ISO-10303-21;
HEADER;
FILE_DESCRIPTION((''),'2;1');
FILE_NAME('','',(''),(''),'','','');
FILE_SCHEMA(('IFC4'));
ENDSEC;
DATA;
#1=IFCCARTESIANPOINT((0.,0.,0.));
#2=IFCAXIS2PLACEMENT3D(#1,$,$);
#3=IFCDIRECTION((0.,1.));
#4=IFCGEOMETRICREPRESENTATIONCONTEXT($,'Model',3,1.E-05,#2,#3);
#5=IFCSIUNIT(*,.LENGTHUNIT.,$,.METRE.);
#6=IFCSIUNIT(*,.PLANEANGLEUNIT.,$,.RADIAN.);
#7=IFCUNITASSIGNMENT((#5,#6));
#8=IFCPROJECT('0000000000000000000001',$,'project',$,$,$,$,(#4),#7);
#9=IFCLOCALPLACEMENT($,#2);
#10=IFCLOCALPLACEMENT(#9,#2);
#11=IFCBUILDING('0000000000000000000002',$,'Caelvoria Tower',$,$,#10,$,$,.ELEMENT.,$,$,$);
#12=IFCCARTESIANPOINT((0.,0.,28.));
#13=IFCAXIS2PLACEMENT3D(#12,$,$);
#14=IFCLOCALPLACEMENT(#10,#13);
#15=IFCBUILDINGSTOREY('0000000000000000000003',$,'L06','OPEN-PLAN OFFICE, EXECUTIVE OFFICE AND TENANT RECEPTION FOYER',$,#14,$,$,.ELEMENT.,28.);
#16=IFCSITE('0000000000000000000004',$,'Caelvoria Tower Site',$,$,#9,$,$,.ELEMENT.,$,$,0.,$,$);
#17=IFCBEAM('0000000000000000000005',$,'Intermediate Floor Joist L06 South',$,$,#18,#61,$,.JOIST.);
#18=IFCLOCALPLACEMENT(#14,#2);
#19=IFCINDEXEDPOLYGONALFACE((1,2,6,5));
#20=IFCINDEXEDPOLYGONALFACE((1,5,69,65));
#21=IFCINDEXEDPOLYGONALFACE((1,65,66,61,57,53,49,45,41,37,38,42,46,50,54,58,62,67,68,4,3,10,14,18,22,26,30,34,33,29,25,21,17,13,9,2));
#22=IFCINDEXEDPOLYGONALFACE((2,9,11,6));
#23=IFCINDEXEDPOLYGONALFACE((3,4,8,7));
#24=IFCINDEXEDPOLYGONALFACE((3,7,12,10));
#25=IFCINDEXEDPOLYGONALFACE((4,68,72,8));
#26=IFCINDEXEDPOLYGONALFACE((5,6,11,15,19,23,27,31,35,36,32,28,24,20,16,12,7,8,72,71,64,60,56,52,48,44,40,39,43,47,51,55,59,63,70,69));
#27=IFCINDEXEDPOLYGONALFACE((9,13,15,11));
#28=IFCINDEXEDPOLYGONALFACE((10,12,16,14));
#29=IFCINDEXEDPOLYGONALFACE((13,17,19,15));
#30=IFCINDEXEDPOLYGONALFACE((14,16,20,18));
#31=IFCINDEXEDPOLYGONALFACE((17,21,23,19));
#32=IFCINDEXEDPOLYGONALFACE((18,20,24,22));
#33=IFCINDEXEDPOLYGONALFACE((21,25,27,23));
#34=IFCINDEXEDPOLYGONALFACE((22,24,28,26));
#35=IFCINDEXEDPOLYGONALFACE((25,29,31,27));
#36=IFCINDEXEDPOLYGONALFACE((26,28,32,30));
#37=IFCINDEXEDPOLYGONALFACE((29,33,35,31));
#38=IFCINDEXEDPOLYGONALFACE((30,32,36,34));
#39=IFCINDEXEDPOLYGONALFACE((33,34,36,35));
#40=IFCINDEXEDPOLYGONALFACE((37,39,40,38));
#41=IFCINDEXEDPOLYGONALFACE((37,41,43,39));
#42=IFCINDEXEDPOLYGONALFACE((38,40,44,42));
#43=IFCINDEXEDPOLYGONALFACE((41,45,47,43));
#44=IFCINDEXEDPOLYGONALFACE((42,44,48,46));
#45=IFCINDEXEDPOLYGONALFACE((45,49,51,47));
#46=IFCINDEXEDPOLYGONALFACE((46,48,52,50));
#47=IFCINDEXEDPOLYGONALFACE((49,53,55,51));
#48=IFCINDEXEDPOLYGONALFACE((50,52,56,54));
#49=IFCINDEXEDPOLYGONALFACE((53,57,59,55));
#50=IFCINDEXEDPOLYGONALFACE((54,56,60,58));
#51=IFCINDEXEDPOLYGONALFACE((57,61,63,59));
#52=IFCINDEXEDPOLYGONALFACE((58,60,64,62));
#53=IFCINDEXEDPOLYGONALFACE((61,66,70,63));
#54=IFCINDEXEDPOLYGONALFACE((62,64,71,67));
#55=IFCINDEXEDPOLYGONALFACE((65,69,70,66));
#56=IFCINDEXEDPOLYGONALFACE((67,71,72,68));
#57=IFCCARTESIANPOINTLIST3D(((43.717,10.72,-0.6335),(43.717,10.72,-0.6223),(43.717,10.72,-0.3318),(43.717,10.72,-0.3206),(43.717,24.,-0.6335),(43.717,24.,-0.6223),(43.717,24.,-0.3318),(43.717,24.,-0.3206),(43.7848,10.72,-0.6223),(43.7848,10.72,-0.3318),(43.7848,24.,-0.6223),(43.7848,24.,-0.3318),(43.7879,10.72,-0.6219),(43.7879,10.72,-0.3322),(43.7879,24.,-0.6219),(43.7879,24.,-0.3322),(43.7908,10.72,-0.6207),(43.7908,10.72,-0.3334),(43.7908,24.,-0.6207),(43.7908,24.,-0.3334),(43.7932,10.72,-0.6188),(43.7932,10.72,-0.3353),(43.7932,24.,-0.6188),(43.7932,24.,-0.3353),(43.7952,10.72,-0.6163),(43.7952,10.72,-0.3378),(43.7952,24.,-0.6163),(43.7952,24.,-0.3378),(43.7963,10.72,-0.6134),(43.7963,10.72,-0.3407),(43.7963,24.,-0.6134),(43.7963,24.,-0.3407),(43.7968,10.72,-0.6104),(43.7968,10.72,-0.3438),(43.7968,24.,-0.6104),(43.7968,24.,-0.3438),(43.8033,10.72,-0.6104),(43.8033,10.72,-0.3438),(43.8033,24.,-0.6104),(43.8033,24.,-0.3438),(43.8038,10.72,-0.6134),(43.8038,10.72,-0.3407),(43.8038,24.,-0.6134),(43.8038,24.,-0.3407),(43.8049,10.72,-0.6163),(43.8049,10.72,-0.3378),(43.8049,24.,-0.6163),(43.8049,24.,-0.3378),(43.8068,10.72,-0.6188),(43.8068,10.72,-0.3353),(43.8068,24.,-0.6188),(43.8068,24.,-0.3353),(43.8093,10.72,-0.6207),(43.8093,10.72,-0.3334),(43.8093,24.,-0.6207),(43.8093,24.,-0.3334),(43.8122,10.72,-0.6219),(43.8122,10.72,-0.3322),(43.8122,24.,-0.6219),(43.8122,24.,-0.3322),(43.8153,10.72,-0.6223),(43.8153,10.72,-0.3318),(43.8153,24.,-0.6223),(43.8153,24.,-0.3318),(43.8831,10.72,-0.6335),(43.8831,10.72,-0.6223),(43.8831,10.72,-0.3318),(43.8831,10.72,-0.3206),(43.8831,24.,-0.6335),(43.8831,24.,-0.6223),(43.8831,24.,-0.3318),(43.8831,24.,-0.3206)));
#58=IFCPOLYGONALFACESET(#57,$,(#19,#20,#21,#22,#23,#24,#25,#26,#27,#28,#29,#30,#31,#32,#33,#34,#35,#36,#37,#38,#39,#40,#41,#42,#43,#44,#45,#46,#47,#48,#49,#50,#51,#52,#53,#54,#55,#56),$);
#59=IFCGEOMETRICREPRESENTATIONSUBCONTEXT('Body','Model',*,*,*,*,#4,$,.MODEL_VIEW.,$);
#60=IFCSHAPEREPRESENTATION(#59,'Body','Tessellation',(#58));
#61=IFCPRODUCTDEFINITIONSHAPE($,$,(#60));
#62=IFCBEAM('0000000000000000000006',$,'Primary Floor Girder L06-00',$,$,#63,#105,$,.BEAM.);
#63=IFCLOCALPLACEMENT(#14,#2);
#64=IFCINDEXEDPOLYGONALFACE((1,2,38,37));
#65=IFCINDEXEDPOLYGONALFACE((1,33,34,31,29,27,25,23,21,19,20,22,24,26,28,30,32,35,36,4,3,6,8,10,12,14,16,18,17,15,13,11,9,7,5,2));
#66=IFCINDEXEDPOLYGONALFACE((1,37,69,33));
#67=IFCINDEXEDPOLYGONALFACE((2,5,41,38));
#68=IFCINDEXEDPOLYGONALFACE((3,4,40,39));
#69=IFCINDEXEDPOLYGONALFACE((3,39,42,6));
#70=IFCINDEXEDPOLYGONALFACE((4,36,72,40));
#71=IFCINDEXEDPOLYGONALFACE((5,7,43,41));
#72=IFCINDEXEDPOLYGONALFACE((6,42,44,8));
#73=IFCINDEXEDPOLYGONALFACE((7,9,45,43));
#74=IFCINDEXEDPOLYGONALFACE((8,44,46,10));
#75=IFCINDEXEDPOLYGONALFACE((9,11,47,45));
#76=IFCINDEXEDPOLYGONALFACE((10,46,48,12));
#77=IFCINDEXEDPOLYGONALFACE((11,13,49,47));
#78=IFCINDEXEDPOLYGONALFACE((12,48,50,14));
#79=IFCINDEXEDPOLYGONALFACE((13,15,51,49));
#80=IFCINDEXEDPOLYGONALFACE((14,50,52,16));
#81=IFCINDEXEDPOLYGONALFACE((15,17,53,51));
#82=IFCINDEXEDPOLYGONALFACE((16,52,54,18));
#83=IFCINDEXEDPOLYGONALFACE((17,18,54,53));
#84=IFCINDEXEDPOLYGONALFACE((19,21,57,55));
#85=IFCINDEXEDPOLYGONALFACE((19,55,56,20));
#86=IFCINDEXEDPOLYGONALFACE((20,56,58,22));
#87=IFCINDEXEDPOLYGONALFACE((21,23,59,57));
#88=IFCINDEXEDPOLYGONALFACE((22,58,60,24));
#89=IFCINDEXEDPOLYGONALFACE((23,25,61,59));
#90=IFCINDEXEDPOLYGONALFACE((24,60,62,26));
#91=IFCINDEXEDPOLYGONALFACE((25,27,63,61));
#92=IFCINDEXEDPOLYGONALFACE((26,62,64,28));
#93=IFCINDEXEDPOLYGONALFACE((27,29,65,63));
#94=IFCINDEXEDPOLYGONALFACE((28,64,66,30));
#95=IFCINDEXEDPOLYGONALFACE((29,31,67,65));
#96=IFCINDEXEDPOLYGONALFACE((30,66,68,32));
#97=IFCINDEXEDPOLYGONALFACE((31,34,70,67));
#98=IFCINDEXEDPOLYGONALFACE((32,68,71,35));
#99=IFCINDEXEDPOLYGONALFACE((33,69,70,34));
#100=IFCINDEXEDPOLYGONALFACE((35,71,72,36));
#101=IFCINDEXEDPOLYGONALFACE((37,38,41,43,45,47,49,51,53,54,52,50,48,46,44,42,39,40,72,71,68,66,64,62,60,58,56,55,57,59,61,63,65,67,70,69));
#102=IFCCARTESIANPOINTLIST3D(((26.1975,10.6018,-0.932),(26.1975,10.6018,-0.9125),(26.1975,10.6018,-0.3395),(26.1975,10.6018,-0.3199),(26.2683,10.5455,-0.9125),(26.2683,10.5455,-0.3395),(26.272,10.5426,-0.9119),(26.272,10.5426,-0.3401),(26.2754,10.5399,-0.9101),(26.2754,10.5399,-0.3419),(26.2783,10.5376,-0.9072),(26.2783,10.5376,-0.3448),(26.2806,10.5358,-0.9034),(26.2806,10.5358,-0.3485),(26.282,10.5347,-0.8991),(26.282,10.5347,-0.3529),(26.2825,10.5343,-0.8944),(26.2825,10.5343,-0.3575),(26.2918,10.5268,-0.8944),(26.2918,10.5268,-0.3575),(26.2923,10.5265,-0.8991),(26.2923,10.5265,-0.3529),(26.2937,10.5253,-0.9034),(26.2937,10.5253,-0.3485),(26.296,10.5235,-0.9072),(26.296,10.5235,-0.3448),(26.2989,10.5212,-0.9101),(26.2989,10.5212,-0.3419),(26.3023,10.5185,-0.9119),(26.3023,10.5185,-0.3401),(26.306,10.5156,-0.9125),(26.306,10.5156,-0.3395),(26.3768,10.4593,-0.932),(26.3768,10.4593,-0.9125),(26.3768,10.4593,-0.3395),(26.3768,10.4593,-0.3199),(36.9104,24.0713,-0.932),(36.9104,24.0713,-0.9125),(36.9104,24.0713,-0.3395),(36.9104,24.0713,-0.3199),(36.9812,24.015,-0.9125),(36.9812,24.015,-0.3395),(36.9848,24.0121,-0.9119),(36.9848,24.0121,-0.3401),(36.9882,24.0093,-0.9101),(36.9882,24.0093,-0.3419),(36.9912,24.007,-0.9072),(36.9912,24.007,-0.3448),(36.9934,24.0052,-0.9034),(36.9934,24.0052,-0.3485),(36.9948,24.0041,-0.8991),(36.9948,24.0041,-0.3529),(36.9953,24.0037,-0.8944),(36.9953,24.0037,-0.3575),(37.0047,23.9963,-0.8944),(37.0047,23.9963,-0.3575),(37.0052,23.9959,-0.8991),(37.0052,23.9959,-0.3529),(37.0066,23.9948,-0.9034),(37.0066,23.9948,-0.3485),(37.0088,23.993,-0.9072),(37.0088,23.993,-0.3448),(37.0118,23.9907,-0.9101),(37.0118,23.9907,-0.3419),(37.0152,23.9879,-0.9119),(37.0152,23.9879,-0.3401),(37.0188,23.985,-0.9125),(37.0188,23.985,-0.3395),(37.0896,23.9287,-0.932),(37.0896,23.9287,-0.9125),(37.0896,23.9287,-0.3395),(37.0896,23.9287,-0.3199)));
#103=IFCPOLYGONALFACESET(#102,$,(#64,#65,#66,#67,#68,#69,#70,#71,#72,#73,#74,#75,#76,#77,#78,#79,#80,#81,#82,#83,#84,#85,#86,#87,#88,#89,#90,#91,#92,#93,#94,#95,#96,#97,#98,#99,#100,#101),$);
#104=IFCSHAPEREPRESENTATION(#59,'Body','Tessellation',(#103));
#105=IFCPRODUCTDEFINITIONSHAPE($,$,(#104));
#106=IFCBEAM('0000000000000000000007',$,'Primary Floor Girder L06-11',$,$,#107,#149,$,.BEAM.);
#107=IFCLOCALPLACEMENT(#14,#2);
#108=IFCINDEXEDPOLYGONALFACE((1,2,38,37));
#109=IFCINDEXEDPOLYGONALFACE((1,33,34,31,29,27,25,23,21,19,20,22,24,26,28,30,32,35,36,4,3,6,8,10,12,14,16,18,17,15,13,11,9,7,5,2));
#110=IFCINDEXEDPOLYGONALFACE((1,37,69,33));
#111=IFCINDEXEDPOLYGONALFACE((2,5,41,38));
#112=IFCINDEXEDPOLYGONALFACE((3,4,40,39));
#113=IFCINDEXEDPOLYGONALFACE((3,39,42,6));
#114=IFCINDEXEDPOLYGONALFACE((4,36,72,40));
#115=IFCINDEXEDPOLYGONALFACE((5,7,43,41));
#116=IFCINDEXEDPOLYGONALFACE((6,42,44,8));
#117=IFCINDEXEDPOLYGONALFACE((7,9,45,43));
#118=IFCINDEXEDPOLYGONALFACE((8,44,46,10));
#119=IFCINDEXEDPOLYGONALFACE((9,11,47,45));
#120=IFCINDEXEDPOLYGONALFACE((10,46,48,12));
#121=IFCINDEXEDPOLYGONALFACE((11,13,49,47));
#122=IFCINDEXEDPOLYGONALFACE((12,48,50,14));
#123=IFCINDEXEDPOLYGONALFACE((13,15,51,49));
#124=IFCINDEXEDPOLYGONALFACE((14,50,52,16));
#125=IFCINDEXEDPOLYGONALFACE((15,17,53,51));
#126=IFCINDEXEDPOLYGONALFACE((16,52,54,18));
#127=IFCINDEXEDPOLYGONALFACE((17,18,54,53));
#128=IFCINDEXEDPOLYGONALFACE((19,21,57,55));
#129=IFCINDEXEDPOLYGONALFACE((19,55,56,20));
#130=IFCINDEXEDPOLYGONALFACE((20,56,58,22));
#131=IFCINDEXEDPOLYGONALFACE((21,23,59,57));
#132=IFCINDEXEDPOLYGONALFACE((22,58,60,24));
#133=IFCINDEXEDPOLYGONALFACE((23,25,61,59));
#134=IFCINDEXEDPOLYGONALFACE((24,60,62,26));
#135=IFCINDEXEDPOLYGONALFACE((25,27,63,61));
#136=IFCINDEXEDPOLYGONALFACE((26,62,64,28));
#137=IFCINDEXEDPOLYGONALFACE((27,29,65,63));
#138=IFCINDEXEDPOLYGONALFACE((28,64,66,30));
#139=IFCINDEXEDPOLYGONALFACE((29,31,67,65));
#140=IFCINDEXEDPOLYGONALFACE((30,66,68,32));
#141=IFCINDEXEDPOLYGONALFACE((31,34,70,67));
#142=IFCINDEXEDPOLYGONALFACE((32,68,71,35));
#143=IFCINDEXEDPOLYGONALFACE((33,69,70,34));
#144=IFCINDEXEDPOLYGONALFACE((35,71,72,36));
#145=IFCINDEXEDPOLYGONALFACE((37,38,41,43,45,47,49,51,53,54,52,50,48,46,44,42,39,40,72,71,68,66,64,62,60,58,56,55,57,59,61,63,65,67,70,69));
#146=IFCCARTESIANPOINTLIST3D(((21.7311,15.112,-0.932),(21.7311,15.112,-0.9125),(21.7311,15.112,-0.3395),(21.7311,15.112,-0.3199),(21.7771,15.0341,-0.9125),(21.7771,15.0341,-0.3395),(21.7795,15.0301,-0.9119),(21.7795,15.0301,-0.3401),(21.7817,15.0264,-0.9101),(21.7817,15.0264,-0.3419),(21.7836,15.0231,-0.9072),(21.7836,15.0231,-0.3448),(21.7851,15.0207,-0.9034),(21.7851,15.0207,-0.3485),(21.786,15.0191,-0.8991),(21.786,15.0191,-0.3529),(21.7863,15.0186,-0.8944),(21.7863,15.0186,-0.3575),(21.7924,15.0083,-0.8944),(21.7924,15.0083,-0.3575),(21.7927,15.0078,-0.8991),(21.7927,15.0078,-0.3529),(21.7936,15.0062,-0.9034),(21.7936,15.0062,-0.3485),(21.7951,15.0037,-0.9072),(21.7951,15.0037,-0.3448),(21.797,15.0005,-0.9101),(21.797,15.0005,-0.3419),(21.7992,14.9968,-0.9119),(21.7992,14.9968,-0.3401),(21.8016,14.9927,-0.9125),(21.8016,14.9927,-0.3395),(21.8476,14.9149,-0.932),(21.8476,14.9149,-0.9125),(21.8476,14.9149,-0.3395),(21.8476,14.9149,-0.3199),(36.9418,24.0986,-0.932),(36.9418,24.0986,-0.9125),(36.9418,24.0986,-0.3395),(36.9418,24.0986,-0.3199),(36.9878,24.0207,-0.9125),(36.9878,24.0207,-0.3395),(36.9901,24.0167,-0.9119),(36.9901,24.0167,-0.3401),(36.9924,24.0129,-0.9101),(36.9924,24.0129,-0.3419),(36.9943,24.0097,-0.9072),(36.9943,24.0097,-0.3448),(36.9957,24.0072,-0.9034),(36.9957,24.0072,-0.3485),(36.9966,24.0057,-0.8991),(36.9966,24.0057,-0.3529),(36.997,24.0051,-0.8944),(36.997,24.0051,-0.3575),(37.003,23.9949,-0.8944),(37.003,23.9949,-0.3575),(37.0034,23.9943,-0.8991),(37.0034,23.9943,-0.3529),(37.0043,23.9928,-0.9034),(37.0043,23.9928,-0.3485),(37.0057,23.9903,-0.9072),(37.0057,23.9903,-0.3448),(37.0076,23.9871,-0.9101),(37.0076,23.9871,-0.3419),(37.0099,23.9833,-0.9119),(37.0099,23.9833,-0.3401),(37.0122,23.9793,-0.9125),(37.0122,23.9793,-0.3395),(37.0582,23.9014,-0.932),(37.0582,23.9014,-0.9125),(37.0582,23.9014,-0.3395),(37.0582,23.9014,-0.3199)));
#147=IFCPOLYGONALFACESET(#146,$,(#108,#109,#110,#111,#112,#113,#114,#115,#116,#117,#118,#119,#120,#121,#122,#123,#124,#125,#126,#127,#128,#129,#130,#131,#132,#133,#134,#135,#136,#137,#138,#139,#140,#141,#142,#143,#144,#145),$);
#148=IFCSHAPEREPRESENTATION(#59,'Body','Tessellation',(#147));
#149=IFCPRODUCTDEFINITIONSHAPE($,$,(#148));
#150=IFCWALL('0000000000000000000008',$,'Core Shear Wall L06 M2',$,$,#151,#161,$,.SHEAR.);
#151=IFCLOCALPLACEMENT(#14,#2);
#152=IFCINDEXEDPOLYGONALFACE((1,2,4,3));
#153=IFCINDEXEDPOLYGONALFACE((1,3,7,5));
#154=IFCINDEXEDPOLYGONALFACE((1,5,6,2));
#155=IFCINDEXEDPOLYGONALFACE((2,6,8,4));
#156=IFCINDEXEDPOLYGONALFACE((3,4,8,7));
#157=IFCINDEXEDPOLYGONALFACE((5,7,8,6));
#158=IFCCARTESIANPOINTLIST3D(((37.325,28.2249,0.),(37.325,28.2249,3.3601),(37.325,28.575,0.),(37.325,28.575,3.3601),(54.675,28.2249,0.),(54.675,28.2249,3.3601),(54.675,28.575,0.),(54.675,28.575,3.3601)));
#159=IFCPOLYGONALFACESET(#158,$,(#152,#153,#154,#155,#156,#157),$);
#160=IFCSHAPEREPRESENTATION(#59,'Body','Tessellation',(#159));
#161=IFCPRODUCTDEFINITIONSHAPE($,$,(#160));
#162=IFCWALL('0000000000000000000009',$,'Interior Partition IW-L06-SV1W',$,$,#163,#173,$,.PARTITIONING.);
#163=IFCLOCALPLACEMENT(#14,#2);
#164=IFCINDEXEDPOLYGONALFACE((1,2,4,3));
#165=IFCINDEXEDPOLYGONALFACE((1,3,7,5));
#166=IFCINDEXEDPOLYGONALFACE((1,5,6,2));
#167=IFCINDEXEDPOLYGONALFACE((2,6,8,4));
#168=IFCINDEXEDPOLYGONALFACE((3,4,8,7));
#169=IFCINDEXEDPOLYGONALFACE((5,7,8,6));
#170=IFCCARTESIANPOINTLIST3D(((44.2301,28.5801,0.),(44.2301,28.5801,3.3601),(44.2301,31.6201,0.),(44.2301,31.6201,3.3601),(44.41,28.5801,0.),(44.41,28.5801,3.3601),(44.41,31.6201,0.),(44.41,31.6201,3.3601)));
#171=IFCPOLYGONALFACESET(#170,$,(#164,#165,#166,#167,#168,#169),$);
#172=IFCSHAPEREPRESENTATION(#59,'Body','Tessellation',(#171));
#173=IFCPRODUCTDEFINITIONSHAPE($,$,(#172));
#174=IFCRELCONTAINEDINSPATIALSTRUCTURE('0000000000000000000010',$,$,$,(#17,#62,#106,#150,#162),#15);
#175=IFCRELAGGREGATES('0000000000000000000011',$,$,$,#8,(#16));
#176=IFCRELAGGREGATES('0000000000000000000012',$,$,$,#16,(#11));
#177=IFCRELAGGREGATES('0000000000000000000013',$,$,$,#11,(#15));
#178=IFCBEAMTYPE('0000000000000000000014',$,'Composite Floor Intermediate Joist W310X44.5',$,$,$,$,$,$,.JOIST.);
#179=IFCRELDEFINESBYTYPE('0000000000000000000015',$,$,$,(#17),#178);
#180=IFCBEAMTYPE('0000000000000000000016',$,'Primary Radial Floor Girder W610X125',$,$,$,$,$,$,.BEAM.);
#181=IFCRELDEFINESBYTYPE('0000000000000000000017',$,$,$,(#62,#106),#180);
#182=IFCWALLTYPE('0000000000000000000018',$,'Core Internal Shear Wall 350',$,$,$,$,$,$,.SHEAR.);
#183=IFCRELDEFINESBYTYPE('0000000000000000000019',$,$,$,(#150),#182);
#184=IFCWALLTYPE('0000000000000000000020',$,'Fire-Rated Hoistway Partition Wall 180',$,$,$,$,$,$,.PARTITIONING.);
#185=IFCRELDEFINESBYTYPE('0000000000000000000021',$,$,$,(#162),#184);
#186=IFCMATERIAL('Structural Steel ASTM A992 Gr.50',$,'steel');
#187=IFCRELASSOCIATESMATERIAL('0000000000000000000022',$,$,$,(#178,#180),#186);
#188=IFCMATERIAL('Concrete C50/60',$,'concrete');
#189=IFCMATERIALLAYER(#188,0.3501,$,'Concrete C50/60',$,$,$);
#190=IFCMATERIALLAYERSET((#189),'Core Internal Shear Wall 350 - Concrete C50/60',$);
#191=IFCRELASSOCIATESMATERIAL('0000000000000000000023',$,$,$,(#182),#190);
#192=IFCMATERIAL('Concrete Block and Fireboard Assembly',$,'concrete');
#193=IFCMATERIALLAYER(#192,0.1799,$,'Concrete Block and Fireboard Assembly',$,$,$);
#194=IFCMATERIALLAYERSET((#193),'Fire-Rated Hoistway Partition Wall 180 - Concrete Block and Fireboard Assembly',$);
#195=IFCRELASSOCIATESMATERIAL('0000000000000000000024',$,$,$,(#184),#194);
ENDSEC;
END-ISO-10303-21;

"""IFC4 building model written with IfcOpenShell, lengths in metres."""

from ifc_helpers import new_model, si_unit, direction, frame, frame_2d, origin, origin_2d, place, context, subcontext, project, spatial, rectangle, i_section, extrude, material, layer, layer_set, material_profile, profile_set, type_object, element, save


model = new_model("IFC4")

# Units and contexts
model_context = context("Model", 3, precision=1e-05, world=origin(), true_north=direction((0.0, 1.0)))
body_context = subcontext(model_context, "Body", "Model", "MODEL_VIEW")
ifc_project = project(units=[si_unit("LENGTHUNIT", "METRE"), si_unit("PLANEANGLEUNIT", "RADIAN")], contexts=[model_context])

# Site, building, storey
site_placement = place(None, origin())
site = spatial("IfcSite", under=ifc_project, at=site_placement, Name="Caelvoria Tower Site", CompositionType="ELEMENT", RefElevation=0.0)
building_placement = place(site_placement, origin())
building = spatial("IfcBuilding", under=site, at=building_placement, Name="Caelvoria Tower", CompositionType="ELEMENT")
storey_placement = place(building_placement, frame((0.0, 0.0, 28.0)))
storey = spatial("IfcBuildingStorey", under=building, at=storey_placement, Name="L06", Description="OPEN-PLAN OFFICE, EXECUTIVE OFFICE AND TENANT RECEPTION FOYER", CompositionType="ELEMENT", Elevation=28.0)

# Beams
ifc_material_1 = material(Name="Structural Steel ASTM A992 Gr.50", Category="steel")
ifc_material_profile_1 = material_profile(ifc_material_1, i_section(OverallWidth=0.166, OverallDepth=0.313, WebThickness=0.0066, FlangeThickness=0.0112, FilletRadius=0.012, at=origin_2d()), Name="Structural Steel ASTM A992 Gr.50")
ifc_profile_set_1 = profile_set([ifc_material_profile_1], Name="W310X44.5 - Structural Steel ASTM A992 Gr.50")
beam_type_1 = type_object("IfcBeamType", Name="Composite Floor Intermediate Joist W310X44.5", PredefinedType="JOIST", material=ifc_profile_set_1)
beam_1_placement = place(storey_placement, frame((43.8, 24.0, -0.4771), z_axis=(0.0, -1.0, 0.0), x_axis=(1.0, 0.0, 0.0)))
element("IfcBeam", 1, at=beam_1_placement, inside=storey, type_object=beam_type_1, Name="Intermediate Floor Joist L06 South", PredefinedType="JOIST", context=body_context, shape_type="SweptSolid", body=[
    extrude(i_section(OverallWidth=0.166, OverallDepth=0.313, WebThickness=0.0066, FlangeThickness=0.0112, FilletRadius=0.012, at=origin_2d()), origin(), (0.0, 0.0, 1.0), 13.28),
])
ifc_material_profile_2 = material_profile(ifc_material_1, i_section(OverallWidth=0.229, OverallDepth=0.6121, WebThickness=0.012, FlangeThickness=0.0195, FilletRadius=0.0181, at=origin_2d()), Name="Structural Steel ASTM A992 Gr.50")
ifc_profile_set_2 = profile_set([ifc_material_profile_2], Name="W610X125 - Structural Steel ASTM A992 Gr.50")
beam_type_2 = type_object("IfcBeamType", Name="Primary Radial Floor Girder W610X125", PredefinedType="BEAM", material=ifc_profile_set_2)
beam_2_placement = place(storey_placement, frame((37.0, 24.0, -0.626), z_axis=(-0.622471, -0.782643, 0.0), x_axis=(0.782643, -0.622471, 0.0)))
element("IfcBeam", 2, at=beam_2_placement, inside=storey, type_object=beam_type_2, Name="Primary Floor Girder L06-00", PredefinedType="BEAM", context=body_context, shape_type="SweptSolid", body=[
    extrude(i_section(OverallWidth=0.229, OverallDepth=0.6121, WebThickness=0.012, FlangeThickness=0.0195, FilletRadius=0.0181, at=origin_2d()), origin(), (0.0, 0.0, 1.0), 17.2102),
])
beam_3_placement = place(storey_placement, frame((37.0, 24.0, -0.626), z_axis=(-0.860965, -0.508664, 0.0), x_axis=(0.508664, -0.860965, 0.0)))
element("IfcBeam", 3, at=beam_3_placement, inside=storey, type_object=beam_type_2, Name="Primary Floor Girder L06-11", PredefinedType="BEAM", context=body_context, shape_type="SweptSolid", body=[
    extrude(i_section(OverallWidth=0.229, OverallDepth=0.6121, WebThickness=0.012, FlangeThickness=0.0195, FilletRadius=0.0181, at=origin_2d()), origin(), (0.0, 0.0, 1.0), 17.667),
])

# Walls
ifc_material_2 = material(Name="Concrete C50/60", Category="concrete")
ifc_layer_1 = layer(ifc_material_2, 0.3501, Name="Concrete C50/60")
ifc_layer_set_1 = layer_set([ifc_layer_1], Name="Core Internal Shear Wall 350 - Concrete C50/60")
wall_type_1 = type_object("IfcWallType", Name="Core Internal Shear Wall 350", PredefinedType="SHEAR", material=ifc_layer_set_1)
wall_1_placement = place(storey_placement, frame((37.325, 28.3999, 0.0), z_axis=(0.0, 0.0, 1.0), x_axis=(1.0, 0.0, 0.0)))
element("IfcWall", 4, at=wall_1_placement, inside=storey, type_object=wall_type_1, Name="Core Shear Wall L06 M2", PredefinedType="SHEAR", context=body_context, shape_type="SweptSolid", body=[
    extrude(rectangle(XDim=17.3501, YDim=0.3501, at=frame_2d((8.675, 0.0))), origin(), (0.0, 0.0, 1.0), 3.3601),
])
ifc_material_3 = material(Name="Concrete Block and Fireboard Assembly", Category="concrete")
ifc_layer_2 = layer(ifc_material_3, 0.1799, Name="Concrete Block and Fireboard Assembly")
ifc_layer_set_2 = layer_set([ifc_layer_2], Name="Fire-Rated Hoistway Partition Wall 180 - Concrete Block and Fireboard Assembly")
wall_type_2 = type_object("IfcWallType", Name="Fire-Rated Hoistway Partition Wall 180", PredefinedType="PARTITIONING", material=ifc_layer_set_2)
wall_2_placement = place(storey_placement, frame((44.3201, 28.5801, 0.0), z_axis=(0.0, 0.0, 1.0), x_axis=(0.0, 1.0, 0.0)))
element("IfcWall", 5, at=wall_2_placement, inside=storey, type_object=wall_type_2, Name="Interior Partition IW-L06-SV1W", PredefinedType="PARTITIONING", context=body_context, shape_type="SweptSolid", body=[
    extrude(rectangle(XDim=3.04, YDim=0.1799, at=frame_2d((1.52, 0.0))), origin(), (0.0, 0.0, 1.0), 3.3601),
])

save(model, "model.ifc")
